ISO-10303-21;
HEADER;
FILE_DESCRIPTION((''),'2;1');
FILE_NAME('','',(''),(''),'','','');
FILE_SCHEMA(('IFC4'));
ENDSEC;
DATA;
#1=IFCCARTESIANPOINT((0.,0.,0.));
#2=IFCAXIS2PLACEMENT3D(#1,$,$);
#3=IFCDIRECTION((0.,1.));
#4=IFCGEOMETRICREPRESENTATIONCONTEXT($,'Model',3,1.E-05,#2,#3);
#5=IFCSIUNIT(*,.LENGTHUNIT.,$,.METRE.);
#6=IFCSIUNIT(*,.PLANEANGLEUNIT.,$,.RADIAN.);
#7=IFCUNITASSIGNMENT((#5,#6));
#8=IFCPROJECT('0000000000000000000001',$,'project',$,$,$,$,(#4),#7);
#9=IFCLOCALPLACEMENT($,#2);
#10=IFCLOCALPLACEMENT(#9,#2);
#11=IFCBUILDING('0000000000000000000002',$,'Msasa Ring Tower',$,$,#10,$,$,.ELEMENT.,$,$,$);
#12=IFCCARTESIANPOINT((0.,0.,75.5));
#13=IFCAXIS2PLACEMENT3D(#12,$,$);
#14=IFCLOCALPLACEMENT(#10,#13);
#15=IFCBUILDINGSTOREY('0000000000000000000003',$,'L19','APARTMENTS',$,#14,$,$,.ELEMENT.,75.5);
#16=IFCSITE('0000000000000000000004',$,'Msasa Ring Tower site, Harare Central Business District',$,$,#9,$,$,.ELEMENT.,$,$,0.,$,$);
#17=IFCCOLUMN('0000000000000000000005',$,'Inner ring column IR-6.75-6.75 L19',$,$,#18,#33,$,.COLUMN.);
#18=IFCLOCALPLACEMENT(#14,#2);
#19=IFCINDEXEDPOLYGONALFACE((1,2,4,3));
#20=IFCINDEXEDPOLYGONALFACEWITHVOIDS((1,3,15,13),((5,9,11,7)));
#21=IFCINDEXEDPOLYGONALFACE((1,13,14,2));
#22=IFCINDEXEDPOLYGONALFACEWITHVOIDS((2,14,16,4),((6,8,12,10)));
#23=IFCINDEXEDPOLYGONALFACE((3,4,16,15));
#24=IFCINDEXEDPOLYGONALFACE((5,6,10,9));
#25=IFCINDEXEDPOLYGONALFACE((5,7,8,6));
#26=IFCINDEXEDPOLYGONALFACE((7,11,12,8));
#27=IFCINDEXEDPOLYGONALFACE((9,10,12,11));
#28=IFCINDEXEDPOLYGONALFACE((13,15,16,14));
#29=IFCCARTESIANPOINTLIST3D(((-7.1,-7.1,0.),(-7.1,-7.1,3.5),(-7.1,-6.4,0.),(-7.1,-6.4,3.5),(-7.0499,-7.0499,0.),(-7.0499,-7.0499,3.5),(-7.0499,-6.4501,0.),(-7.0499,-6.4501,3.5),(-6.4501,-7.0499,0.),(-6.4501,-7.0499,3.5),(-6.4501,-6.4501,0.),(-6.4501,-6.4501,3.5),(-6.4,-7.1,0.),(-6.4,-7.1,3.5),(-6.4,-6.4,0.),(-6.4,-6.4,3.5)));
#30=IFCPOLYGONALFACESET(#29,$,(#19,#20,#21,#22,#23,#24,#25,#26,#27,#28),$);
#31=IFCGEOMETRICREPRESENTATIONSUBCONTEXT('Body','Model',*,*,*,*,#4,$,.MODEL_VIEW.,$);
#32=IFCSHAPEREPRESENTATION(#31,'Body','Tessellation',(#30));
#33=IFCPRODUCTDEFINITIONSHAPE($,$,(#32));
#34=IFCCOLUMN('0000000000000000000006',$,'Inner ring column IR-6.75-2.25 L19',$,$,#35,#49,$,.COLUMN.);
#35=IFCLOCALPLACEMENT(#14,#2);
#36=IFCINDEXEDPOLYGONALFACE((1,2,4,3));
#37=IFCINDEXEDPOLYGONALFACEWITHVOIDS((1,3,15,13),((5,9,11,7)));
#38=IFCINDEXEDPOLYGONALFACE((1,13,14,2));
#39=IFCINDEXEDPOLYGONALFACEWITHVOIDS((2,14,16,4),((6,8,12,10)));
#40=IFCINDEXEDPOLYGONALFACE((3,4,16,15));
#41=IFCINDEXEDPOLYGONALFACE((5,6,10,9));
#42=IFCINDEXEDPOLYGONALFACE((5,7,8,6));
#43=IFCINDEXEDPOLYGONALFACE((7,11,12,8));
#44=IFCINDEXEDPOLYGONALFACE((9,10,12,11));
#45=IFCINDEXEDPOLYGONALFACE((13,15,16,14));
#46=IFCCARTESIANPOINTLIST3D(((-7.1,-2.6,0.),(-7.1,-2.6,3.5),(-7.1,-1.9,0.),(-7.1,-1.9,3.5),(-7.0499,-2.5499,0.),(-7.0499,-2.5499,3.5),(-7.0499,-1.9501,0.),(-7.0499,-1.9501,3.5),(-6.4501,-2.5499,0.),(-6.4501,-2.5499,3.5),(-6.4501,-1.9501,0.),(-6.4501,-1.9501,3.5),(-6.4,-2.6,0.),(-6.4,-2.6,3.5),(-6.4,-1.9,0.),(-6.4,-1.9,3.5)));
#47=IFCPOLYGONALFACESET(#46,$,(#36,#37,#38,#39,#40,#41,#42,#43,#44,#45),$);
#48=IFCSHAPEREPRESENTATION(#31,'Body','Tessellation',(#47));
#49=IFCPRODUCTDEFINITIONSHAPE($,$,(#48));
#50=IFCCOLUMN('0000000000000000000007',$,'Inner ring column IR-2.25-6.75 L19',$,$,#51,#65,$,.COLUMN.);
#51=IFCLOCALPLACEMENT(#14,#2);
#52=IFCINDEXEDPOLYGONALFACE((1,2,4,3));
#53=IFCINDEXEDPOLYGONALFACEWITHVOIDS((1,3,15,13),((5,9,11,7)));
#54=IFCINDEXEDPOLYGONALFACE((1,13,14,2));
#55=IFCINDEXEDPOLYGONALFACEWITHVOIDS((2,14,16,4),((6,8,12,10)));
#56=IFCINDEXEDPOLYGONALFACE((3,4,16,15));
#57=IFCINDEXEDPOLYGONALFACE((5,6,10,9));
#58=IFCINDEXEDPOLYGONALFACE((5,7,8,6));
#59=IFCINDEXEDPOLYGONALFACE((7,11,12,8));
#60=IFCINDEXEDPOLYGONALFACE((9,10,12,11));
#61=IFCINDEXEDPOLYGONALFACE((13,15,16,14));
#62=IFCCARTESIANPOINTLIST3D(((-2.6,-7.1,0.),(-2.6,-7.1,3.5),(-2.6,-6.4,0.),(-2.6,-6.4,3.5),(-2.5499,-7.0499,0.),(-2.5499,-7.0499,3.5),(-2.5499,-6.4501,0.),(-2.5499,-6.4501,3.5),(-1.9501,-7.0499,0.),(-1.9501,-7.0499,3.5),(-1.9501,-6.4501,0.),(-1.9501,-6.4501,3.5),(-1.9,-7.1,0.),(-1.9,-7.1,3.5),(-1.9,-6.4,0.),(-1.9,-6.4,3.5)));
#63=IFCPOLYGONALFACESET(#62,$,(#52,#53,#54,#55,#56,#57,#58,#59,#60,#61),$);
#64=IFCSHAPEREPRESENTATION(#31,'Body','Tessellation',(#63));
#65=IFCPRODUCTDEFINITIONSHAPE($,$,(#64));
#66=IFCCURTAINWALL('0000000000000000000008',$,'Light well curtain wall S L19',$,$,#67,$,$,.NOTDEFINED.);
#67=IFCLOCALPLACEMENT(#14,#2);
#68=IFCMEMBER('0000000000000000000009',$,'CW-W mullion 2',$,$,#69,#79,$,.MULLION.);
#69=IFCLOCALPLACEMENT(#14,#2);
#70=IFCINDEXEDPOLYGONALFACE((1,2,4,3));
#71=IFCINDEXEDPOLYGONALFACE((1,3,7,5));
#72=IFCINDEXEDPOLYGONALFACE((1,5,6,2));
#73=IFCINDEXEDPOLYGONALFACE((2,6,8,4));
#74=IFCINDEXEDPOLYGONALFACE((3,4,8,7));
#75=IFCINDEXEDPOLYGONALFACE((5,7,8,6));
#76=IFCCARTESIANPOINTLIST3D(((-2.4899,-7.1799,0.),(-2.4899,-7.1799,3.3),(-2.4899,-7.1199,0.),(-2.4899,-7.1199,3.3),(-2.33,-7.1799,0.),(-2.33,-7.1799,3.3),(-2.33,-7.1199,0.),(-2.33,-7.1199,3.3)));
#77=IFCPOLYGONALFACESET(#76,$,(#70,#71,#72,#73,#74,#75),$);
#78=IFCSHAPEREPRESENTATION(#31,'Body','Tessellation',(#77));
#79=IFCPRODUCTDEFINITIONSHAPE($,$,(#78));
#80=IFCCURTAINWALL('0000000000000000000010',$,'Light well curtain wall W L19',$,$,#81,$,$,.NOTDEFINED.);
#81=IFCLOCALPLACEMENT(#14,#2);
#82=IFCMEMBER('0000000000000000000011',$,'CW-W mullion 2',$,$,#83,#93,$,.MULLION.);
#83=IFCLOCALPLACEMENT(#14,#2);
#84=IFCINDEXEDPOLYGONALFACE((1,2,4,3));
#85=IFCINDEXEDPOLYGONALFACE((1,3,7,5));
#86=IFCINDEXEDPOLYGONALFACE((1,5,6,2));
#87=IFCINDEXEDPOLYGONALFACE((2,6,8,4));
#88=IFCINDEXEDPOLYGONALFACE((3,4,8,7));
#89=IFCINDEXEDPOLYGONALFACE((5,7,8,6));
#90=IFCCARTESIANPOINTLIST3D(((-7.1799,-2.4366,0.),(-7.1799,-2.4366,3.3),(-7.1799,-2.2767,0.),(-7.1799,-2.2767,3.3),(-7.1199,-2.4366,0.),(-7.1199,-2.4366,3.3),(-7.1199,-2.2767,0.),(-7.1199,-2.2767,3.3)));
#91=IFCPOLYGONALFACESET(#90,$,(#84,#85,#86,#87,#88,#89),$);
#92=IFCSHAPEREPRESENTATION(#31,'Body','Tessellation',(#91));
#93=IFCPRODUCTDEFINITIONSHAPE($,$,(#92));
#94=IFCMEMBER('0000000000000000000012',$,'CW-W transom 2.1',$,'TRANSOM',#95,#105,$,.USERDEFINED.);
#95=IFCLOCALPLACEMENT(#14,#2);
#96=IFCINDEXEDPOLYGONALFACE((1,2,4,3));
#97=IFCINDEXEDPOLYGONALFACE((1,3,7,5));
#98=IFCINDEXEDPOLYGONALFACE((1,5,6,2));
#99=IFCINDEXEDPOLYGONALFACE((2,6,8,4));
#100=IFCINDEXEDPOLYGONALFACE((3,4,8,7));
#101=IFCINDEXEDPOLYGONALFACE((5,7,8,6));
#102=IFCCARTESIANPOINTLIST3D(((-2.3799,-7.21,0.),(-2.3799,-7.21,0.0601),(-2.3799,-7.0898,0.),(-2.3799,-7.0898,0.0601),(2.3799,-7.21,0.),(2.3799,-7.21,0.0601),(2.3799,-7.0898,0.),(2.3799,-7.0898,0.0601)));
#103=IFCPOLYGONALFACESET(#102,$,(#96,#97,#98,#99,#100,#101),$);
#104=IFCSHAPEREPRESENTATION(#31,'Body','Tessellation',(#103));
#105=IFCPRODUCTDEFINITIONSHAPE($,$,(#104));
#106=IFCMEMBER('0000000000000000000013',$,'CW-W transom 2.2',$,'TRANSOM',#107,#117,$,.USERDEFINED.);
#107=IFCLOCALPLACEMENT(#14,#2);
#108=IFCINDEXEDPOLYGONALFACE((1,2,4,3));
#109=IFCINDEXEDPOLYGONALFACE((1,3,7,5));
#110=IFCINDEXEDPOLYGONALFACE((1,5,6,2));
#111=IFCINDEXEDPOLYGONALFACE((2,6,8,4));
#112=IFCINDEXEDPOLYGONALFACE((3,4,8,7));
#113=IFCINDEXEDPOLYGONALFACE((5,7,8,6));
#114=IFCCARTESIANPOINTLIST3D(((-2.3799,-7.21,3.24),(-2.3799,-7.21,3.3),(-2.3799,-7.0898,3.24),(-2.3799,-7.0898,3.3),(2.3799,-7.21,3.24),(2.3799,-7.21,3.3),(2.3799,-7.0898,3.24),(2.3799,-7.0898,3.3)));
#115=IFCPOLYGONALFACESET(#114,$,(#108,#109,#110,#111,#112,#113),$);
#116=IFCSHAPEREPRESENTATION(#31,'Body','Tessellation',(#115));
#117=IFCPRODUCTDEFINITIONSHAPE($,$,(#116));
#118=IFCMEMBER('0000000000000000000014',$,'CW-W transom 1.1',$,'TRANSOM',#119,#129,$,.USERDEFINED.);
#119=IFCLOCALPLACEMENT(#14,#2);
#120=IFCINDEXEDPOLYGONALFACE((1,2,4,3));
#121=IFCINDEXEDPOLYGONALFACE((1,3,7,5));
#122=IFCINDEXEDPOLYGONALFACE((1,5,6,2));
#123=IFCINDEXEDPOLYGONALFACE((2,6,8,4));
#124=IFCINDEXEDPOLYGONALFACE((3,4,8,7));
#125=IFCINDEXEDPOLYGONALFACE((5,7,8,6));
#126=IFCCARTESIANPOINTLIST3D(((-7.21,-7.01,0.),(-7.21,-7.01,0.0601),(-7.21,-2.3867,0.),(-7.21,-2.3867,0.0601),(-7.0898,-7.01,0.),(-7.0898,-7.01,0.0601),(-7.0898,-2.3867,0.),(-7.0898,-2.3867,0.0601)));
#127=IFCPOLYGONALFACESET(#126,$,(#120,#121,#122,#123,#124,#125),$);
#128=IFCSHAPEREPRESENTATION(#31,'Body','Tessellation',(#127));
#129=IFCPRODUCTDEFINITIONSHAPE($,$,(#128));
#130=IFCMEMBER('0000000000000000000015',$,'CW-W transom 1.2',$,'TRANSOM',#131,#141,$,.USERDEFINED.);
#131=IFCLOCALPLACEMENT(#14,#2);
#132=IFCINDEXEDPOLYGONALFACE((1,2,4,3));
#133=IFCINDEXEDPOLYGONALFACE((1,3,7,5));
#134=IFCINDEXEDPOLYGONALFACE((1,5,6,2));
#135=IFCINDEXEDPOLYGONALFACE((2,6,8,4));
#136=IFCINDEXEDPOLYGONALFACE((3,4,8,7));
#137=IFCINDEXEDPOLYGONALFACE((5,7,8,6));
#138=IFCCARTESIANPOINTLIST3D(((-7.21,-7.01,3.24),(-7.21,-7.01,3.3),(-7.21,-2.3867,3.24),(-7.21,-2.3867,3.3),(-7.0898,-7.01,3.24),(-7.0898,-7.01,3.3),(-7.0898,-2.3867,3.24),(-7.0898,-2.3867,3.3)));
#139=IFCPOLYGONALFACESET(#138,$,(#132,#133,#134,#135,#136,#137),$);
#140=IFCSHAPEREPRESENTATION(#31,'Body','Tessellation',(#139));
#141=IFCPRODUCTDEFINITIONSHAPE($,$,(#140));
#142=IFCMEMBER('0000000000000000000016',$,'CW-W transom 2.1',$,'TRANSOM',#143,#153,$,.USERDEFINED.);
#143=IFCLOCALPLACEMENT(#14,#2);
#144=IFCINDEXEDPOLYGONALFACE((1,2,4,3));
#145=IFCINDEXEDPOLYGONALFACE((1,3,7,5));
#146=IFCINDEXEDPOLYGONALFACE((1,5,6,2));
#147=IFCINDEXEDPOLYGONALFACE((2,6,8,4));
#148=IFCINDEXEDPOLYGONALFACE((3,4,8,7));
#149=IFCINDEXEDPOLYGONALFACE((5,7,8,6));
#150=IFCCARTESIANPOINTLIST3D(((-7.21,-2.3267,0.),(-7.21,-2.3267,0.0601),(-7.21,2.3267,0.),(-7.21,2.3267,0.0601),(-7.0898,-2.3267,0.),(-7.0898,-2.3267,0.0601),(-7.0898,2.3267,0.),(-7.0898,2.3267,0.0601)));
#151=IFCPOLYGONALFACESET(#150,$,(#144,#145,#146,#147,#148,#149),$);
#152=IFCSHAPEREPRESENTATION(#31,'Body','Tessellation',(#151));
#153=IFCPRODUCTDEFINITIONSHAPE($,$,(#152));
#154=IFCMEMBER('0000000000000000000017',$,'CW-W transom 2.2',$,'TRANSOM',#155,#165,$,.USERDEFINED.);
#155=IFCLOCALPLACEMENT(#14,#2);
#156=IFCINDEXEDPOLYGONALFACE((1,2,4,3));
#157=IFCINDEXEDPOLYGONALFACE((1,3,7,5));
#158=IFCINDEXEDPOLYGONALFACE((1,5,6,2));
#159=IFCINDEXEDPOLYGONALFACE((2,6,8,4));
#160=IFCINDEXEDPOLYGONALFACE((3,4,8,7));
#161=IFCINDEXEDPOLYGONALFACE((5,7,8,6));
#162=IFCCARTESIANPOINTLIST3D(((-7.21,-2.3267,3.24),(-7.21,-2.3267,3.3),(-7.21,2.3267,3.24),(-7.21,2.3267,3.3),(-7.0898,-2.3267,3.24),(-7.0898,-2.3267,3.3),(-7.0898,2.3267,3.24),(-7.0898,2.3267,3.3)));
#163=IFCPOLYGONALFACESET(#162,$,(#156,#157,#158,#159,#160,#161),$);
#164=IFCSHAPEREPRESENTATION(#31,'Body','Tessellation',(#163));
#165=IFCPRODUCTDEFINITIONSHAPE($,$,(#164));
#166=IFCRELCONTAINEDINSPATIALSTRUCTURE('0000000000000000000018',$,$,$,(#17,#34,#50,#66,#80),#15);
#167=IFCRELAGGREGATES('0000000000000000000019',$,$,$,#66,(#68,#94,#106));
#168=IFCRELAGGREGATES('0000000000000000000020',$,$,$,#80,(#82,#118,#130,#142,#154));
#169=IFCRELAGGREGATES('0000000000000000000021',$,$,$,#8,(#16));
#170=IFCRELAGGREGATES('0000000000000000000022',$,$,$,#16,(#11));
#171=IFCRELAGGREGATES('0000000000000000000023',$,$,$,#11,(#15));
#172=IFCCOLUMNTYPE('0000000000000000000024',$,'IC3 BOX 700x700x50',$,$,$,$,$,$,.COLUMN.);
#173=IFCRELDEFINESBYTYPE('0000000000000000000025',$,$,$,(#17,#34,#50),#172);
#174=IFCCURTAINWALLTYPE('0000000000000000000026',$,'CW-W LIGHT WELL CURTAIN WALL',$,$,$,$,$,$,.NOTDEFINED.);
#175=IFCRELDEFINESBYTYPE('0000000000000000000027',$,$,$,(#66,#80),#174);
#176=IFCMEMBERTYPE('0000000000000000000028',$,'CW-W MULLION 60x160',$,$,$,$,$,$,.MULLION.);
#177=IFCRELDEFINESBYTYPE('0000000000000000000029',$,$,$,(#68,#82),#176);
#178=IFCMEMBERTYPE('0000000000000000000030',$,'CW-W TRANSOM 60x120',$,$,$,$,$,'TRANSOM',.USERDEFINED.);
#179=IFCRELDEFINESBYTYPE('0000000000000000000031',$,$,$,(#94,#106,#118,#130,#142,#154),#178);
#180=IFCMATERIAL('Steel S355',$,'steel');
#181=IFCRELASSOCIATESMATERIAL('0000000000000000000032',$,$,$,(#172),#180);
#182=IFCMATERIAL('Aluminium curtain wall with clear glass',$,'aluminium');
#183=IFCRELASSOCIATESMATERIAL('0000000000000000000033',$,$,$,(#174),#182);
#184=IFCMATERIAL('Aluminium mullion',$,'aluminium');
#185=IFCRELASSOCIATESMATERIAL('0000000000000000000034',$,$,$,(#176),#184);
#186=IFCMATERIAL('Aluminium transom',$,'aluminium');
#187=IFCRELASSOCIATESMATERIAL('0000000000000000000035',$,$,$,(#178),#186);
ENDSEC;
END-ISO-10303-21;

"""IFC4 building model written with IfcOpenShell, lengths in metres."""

from ifc_helpers import new_model, si_unit, direction, frame, origin, origin_2d, place, context, subcontext, project, spatial, rectangle, hollow_rectangle, extrude, material, material_profile, profile_set, type_object, element, aggregate, save


model = new_model("IFC4")

# Units and contexts
model_context = context("Model", 3, precision=1e-05, world=origin(), true_north=direction((0.0, 1.0)))
body_context = subcontext(model_context, "Body", "Model", "MODEL_VIEW")
ifc_project = project(units=[si_unit("LENGTHUNIT", "METRE"), si_unit("PLANEANGLEUNIT", "RADIAN")], contexts=[model_context])

# Site, building, storey
site_placement = place(None, origin())
site = spatial("IfcSite", under=ifc_project, at=site_placement, Name="Msasa Ring Tower site, Harare Central Business District", CompositionType="ELEMENT", RefElevation=0.0)
building_placement = place(site_placement, origin())
building = spatial("IfcBuilding", under=site, at=building_placement, Name="Msasa Ring Tower", CompositionType="ELEMENT")
storey_placement = place(building_placement, frame((0.0, 0.0, 75.5)))
storey = spatial("IfcBuildingStorey", under=building, at=storey_placement, Name="L19", Description="APARTMENTS", CompositionType="ELEMENT", Elevation=75.5)

# Columns
ifc_material_1 = material(Name="Steel S355", Category="steel")
ifc_material_profile_1 = material_profile(ifc_material_1, hollow_rectangle(XDim=0.7, YDim=0.7, WallThickness=0.05, at=origin_2d()), Name="BOX 700x700x50")
ifc_profile_set_1 = profile_set([ifc_material_profile_1], Name="Steel S355")
column_type = type_object("IfcColumnType", Name="IC3 BOX 700x700x50", PredefinedType="COLUMN", material=ifc_profile_set_1)
for number, where, z_axis, x_axis, name in (
    (1, (-6.75, -6.75, 0.0), (0.0, 0.0, 1.0), (1.0, 0.0, 0.0), "Inner ring column IR-6.75-6.75 L19"),
    (2, (-6.75, -2.25, 0.0), (0.0, 0.0, 1.0), (1.0, 0.0, 0.0), "Inner ring column IR-6.75-2.25 L19"),
    (3, (-2.25, -6.75, 0.0), (0.0, 0.0, 1.0), (1.0, 0.0, 0.0), "Inner ring column IR-2.25-6.75 L19"),
):
    element("IfcColumn", number, at=place(storey_placement, frame(where, z_axis=z_axis, x_axis=x_axis)), inside=storey, type_object=column_type, Name=name, PredefinedType="COLUMN", context=body_context, shape_type="SweptSolid", body=[
        extrude(hollow_rectangle(XDim=0.7, YDim=0.7, WallThickness=0.05, at=origin_2d()), origin(), (0.0, 0.0, 1.0), 3.5),
    ])

# Curtain walls, members
ifc_material_2 = material(Name="Aluminium curtain wall with clear glass", Category="aluminium")
curtain_wall_type = type_object("IfcCurtainWallType", Name="CW-W LIGHT WELL CURTAIN WALL", PredefinedType="NOTDEFINED", material=ifc_material_2)
curtain_wall_1_placement = place(storey_placement, origin())
curtain_wall_1 = element("IfcCurtainWall", 4, at=curtain_wall_1_placement, inside=storey, type_object=curtain_wall_type, Name="Light well curtain wall S L19", PredefinedType="NOTDEFINED")
ifc_material_3 = material(Name="Aluminium mullion", Category="aluminium")
ifc_material_profile_2 = material_profile(ifc_material_3, rectangle(XDim=0.0601, YDim=0.1599, at=origin_2d()), Name="AL 60x160")
ifc_profile_set_2 = profile_set([ifc_material_profile_2], Name="Aluminium mullion")
member_type_1 = type_object("IfcMemberType", Name="CW-W MULLION 60x160", PredefinedType="MULLION", material=ifc_profile_set_2)
member_1_placement = place(storey_placement, frame((-2.4099, -7.1499, 0.0), z_axis=(0.0, 0.0, 1.0), x_axis=(0.0, 1.0, 0.0)))
member_1 = element("IfcMember", 5, at=member_1_placement, type_object=member_type_1, Name="CW-W mullion 2", PredefinedType="MULLION", context=body_context, shape_type="SweptSolid", body=[
    extrude(rectangle(XDim=0.0601, YDim=0.1599, at=origin_2d()), origin(), (0.0, 0.0, 1.0), 3.3),
])
curtain_wall_2_placement = place(storey_placement, origin())
curtain_wall_2 = element("IfcCurtainWall", 6, at=curtain_wall_2_placement, inside=storey, type_object=curtain_wall_type, Name="Light well curtain wall W L19", PredefinedType="NOTDEFINED")
member_2_placement = place(storey_placement, frame((-7.1499, -2.3567, 0.0), z_axis=(0.0, 0.0, 1.0), x_axis=(-1.0, 0.0, 0.0)))
member_2 = element("IfcMember", 7, at=member_2_placement, type_object=member_type_1, Name="CW-W mullion 2", PredefinedType="MULLION", context=body_context, shape_type="SweptSolid", body=[
    extrude(rectangle(XDim=0.0601, YDim=0.1599, at=origin_2d()), origin(), (0.0, 0.0, 1.0), 3.3),
])

# Members
ifc_material_4 = material(Name="Aluminium transom", Category="aluminium")
ifc_material_profile_3 = material_profile(ifc_material_4, rectangle(XDim=0.1201, YDim=0.0601, at=origin_2d()), Name="AL 60x120")
ifc_profile_set_3 = profile_set([ifc_material_profile_3], Name="Aluminium transom")
member_type_2 = type_object("IfcMemberType", Name="CW-W TRANSOM 60x120", ElementType="TRANSOM", PredefinedType="USERDEFINED", material=ifc_profile_set_3)
member_3_placement = place(storey_placement, frame((-2.3799, -7.1499, 0.03), z_axis=(1.0, 0.0, 0.0), x_axis=(0.0, 1.0, 0.0)))
member_3 = element("IfcMember", 8, at=member_3_placement, type_object=member_type_2, Name="CW-W transom 2.1", ObjectType="TRANSOM", PredefinedType="USERDEFINED", context=body_context, shape_type="SweptSolid", body=[
    extrude(rectangle(XDim=0.1201, YDim=0.0601, at=origin_2d()), origin(), (0.0, 0.0, 1.0), 4.7598),
])
member_4_placement = place(storey_placement, frame((-2.3799, -7.1499, 3.27), z_axis=(1.0, 0.0, 0.0), x_axis=(0.0, 1.0, 0.0)))
member_4 = element("IfcMember", 9, at=member_4_placement, type_object=member_type_2, Name="CW-W transom 2.2", ObjectType="TRANSOM", PredefinedType="USERDEFINED", context=body_context, shape_type="SweptSolid", body=[
    extrude(rectangle(XDim=0.1201, YDim=0.0601, at=origin_2d()), origin(), (0.0, 0.0, 1.0), 4.7598),
])
member_5_placement = place(storey_placement, frame((-7.1499, -7.01, 0.03), z_axis=(0.0, 1.0, 0.0), x_axis=(-1.0, 0.0, 0.0)))
member_5 = element("IfcMember", 10, at=member_5_placement, type_object=member_type_2, Name="CW-W transom 1.1", ObjectType="TRANSOM", PredefinedType="USERDEFINED", context=body_context, shape_type="SweptSolid", body=[
    extrude(rectangle(XDim=0.1201, YDim=0.0601, at=origin_2d()), origin(), (0.0, 0.0, 1.0), 4.6233),
])
member_6_placement = place(storey_placement, frame((-7.1499, -7.01, 3.27), z_axis=(0.0, 1.0, 0.0), x_axis=(-1.0, 0.0, 0.0)))
member_6 = element("IfcMember", 11, at=member_6_placement, type_object=member_type_2, Name="CW-W transom 1.2", ObjectType="TRANSOM", PredefinedType="USERDEFINED", context=body_context, shape_type="SweptSolid", body=[
    extrude(rectangle(XDim=0.1201, YDim=0.0601, at=origin_2d()), origin(), (0.0, 0.0, 1.0), 4.6233),
])
member_7_placement = place(storey_placement, frame((-7.1499, -2.3267, 0.03), z_axis=(0.0, 1.0, 0.0), x_axis=(-1.0, 0.0, 0.0)))
member_7 = element("IfcMember", 12, at=member_7_placement, type_object=member_type_2, Name="CW-W transom 2.1", ObjectType="TRANSOM", PredefinedType="USERDEFINED", context=body_context, shape_type="SweptSolid", body=[
    extrude(rectangle(XDim=0.1201, YDim=0.0601, at=origin_2d()), origin(), (0.0, 0.0, 1.0), 4.6533),
])
member_8_placement = place(storey_placement, frame((-7.1499, -2.3267, 3.27), z_axis=(0.0, 1.0, 0.0), x_axis=(-1.0, 0.0, 0.0)))
member_8 = element("IfcMember", 13, at=member_8_placement, type_object=member_type_2, Name="CW-W transom 2.2", ObjectType="TRANSOM", PredefinedType="USERDEFINED", context=body_context, shape_type="SweptSolid", body=[
    extrude(rectangle(XDim=0.1201, YDim=0.0601, at=origin_2d()), origin(), (0.0, 0.0, 1.0), 4.6533),
])

aggregate(curtain_wall_1, [member_1, member_3, member_4])
aggregate(curtain_wall_2, [member_2, member_5, member_6, member_7, member_8])

save(model, "model.ifc")
